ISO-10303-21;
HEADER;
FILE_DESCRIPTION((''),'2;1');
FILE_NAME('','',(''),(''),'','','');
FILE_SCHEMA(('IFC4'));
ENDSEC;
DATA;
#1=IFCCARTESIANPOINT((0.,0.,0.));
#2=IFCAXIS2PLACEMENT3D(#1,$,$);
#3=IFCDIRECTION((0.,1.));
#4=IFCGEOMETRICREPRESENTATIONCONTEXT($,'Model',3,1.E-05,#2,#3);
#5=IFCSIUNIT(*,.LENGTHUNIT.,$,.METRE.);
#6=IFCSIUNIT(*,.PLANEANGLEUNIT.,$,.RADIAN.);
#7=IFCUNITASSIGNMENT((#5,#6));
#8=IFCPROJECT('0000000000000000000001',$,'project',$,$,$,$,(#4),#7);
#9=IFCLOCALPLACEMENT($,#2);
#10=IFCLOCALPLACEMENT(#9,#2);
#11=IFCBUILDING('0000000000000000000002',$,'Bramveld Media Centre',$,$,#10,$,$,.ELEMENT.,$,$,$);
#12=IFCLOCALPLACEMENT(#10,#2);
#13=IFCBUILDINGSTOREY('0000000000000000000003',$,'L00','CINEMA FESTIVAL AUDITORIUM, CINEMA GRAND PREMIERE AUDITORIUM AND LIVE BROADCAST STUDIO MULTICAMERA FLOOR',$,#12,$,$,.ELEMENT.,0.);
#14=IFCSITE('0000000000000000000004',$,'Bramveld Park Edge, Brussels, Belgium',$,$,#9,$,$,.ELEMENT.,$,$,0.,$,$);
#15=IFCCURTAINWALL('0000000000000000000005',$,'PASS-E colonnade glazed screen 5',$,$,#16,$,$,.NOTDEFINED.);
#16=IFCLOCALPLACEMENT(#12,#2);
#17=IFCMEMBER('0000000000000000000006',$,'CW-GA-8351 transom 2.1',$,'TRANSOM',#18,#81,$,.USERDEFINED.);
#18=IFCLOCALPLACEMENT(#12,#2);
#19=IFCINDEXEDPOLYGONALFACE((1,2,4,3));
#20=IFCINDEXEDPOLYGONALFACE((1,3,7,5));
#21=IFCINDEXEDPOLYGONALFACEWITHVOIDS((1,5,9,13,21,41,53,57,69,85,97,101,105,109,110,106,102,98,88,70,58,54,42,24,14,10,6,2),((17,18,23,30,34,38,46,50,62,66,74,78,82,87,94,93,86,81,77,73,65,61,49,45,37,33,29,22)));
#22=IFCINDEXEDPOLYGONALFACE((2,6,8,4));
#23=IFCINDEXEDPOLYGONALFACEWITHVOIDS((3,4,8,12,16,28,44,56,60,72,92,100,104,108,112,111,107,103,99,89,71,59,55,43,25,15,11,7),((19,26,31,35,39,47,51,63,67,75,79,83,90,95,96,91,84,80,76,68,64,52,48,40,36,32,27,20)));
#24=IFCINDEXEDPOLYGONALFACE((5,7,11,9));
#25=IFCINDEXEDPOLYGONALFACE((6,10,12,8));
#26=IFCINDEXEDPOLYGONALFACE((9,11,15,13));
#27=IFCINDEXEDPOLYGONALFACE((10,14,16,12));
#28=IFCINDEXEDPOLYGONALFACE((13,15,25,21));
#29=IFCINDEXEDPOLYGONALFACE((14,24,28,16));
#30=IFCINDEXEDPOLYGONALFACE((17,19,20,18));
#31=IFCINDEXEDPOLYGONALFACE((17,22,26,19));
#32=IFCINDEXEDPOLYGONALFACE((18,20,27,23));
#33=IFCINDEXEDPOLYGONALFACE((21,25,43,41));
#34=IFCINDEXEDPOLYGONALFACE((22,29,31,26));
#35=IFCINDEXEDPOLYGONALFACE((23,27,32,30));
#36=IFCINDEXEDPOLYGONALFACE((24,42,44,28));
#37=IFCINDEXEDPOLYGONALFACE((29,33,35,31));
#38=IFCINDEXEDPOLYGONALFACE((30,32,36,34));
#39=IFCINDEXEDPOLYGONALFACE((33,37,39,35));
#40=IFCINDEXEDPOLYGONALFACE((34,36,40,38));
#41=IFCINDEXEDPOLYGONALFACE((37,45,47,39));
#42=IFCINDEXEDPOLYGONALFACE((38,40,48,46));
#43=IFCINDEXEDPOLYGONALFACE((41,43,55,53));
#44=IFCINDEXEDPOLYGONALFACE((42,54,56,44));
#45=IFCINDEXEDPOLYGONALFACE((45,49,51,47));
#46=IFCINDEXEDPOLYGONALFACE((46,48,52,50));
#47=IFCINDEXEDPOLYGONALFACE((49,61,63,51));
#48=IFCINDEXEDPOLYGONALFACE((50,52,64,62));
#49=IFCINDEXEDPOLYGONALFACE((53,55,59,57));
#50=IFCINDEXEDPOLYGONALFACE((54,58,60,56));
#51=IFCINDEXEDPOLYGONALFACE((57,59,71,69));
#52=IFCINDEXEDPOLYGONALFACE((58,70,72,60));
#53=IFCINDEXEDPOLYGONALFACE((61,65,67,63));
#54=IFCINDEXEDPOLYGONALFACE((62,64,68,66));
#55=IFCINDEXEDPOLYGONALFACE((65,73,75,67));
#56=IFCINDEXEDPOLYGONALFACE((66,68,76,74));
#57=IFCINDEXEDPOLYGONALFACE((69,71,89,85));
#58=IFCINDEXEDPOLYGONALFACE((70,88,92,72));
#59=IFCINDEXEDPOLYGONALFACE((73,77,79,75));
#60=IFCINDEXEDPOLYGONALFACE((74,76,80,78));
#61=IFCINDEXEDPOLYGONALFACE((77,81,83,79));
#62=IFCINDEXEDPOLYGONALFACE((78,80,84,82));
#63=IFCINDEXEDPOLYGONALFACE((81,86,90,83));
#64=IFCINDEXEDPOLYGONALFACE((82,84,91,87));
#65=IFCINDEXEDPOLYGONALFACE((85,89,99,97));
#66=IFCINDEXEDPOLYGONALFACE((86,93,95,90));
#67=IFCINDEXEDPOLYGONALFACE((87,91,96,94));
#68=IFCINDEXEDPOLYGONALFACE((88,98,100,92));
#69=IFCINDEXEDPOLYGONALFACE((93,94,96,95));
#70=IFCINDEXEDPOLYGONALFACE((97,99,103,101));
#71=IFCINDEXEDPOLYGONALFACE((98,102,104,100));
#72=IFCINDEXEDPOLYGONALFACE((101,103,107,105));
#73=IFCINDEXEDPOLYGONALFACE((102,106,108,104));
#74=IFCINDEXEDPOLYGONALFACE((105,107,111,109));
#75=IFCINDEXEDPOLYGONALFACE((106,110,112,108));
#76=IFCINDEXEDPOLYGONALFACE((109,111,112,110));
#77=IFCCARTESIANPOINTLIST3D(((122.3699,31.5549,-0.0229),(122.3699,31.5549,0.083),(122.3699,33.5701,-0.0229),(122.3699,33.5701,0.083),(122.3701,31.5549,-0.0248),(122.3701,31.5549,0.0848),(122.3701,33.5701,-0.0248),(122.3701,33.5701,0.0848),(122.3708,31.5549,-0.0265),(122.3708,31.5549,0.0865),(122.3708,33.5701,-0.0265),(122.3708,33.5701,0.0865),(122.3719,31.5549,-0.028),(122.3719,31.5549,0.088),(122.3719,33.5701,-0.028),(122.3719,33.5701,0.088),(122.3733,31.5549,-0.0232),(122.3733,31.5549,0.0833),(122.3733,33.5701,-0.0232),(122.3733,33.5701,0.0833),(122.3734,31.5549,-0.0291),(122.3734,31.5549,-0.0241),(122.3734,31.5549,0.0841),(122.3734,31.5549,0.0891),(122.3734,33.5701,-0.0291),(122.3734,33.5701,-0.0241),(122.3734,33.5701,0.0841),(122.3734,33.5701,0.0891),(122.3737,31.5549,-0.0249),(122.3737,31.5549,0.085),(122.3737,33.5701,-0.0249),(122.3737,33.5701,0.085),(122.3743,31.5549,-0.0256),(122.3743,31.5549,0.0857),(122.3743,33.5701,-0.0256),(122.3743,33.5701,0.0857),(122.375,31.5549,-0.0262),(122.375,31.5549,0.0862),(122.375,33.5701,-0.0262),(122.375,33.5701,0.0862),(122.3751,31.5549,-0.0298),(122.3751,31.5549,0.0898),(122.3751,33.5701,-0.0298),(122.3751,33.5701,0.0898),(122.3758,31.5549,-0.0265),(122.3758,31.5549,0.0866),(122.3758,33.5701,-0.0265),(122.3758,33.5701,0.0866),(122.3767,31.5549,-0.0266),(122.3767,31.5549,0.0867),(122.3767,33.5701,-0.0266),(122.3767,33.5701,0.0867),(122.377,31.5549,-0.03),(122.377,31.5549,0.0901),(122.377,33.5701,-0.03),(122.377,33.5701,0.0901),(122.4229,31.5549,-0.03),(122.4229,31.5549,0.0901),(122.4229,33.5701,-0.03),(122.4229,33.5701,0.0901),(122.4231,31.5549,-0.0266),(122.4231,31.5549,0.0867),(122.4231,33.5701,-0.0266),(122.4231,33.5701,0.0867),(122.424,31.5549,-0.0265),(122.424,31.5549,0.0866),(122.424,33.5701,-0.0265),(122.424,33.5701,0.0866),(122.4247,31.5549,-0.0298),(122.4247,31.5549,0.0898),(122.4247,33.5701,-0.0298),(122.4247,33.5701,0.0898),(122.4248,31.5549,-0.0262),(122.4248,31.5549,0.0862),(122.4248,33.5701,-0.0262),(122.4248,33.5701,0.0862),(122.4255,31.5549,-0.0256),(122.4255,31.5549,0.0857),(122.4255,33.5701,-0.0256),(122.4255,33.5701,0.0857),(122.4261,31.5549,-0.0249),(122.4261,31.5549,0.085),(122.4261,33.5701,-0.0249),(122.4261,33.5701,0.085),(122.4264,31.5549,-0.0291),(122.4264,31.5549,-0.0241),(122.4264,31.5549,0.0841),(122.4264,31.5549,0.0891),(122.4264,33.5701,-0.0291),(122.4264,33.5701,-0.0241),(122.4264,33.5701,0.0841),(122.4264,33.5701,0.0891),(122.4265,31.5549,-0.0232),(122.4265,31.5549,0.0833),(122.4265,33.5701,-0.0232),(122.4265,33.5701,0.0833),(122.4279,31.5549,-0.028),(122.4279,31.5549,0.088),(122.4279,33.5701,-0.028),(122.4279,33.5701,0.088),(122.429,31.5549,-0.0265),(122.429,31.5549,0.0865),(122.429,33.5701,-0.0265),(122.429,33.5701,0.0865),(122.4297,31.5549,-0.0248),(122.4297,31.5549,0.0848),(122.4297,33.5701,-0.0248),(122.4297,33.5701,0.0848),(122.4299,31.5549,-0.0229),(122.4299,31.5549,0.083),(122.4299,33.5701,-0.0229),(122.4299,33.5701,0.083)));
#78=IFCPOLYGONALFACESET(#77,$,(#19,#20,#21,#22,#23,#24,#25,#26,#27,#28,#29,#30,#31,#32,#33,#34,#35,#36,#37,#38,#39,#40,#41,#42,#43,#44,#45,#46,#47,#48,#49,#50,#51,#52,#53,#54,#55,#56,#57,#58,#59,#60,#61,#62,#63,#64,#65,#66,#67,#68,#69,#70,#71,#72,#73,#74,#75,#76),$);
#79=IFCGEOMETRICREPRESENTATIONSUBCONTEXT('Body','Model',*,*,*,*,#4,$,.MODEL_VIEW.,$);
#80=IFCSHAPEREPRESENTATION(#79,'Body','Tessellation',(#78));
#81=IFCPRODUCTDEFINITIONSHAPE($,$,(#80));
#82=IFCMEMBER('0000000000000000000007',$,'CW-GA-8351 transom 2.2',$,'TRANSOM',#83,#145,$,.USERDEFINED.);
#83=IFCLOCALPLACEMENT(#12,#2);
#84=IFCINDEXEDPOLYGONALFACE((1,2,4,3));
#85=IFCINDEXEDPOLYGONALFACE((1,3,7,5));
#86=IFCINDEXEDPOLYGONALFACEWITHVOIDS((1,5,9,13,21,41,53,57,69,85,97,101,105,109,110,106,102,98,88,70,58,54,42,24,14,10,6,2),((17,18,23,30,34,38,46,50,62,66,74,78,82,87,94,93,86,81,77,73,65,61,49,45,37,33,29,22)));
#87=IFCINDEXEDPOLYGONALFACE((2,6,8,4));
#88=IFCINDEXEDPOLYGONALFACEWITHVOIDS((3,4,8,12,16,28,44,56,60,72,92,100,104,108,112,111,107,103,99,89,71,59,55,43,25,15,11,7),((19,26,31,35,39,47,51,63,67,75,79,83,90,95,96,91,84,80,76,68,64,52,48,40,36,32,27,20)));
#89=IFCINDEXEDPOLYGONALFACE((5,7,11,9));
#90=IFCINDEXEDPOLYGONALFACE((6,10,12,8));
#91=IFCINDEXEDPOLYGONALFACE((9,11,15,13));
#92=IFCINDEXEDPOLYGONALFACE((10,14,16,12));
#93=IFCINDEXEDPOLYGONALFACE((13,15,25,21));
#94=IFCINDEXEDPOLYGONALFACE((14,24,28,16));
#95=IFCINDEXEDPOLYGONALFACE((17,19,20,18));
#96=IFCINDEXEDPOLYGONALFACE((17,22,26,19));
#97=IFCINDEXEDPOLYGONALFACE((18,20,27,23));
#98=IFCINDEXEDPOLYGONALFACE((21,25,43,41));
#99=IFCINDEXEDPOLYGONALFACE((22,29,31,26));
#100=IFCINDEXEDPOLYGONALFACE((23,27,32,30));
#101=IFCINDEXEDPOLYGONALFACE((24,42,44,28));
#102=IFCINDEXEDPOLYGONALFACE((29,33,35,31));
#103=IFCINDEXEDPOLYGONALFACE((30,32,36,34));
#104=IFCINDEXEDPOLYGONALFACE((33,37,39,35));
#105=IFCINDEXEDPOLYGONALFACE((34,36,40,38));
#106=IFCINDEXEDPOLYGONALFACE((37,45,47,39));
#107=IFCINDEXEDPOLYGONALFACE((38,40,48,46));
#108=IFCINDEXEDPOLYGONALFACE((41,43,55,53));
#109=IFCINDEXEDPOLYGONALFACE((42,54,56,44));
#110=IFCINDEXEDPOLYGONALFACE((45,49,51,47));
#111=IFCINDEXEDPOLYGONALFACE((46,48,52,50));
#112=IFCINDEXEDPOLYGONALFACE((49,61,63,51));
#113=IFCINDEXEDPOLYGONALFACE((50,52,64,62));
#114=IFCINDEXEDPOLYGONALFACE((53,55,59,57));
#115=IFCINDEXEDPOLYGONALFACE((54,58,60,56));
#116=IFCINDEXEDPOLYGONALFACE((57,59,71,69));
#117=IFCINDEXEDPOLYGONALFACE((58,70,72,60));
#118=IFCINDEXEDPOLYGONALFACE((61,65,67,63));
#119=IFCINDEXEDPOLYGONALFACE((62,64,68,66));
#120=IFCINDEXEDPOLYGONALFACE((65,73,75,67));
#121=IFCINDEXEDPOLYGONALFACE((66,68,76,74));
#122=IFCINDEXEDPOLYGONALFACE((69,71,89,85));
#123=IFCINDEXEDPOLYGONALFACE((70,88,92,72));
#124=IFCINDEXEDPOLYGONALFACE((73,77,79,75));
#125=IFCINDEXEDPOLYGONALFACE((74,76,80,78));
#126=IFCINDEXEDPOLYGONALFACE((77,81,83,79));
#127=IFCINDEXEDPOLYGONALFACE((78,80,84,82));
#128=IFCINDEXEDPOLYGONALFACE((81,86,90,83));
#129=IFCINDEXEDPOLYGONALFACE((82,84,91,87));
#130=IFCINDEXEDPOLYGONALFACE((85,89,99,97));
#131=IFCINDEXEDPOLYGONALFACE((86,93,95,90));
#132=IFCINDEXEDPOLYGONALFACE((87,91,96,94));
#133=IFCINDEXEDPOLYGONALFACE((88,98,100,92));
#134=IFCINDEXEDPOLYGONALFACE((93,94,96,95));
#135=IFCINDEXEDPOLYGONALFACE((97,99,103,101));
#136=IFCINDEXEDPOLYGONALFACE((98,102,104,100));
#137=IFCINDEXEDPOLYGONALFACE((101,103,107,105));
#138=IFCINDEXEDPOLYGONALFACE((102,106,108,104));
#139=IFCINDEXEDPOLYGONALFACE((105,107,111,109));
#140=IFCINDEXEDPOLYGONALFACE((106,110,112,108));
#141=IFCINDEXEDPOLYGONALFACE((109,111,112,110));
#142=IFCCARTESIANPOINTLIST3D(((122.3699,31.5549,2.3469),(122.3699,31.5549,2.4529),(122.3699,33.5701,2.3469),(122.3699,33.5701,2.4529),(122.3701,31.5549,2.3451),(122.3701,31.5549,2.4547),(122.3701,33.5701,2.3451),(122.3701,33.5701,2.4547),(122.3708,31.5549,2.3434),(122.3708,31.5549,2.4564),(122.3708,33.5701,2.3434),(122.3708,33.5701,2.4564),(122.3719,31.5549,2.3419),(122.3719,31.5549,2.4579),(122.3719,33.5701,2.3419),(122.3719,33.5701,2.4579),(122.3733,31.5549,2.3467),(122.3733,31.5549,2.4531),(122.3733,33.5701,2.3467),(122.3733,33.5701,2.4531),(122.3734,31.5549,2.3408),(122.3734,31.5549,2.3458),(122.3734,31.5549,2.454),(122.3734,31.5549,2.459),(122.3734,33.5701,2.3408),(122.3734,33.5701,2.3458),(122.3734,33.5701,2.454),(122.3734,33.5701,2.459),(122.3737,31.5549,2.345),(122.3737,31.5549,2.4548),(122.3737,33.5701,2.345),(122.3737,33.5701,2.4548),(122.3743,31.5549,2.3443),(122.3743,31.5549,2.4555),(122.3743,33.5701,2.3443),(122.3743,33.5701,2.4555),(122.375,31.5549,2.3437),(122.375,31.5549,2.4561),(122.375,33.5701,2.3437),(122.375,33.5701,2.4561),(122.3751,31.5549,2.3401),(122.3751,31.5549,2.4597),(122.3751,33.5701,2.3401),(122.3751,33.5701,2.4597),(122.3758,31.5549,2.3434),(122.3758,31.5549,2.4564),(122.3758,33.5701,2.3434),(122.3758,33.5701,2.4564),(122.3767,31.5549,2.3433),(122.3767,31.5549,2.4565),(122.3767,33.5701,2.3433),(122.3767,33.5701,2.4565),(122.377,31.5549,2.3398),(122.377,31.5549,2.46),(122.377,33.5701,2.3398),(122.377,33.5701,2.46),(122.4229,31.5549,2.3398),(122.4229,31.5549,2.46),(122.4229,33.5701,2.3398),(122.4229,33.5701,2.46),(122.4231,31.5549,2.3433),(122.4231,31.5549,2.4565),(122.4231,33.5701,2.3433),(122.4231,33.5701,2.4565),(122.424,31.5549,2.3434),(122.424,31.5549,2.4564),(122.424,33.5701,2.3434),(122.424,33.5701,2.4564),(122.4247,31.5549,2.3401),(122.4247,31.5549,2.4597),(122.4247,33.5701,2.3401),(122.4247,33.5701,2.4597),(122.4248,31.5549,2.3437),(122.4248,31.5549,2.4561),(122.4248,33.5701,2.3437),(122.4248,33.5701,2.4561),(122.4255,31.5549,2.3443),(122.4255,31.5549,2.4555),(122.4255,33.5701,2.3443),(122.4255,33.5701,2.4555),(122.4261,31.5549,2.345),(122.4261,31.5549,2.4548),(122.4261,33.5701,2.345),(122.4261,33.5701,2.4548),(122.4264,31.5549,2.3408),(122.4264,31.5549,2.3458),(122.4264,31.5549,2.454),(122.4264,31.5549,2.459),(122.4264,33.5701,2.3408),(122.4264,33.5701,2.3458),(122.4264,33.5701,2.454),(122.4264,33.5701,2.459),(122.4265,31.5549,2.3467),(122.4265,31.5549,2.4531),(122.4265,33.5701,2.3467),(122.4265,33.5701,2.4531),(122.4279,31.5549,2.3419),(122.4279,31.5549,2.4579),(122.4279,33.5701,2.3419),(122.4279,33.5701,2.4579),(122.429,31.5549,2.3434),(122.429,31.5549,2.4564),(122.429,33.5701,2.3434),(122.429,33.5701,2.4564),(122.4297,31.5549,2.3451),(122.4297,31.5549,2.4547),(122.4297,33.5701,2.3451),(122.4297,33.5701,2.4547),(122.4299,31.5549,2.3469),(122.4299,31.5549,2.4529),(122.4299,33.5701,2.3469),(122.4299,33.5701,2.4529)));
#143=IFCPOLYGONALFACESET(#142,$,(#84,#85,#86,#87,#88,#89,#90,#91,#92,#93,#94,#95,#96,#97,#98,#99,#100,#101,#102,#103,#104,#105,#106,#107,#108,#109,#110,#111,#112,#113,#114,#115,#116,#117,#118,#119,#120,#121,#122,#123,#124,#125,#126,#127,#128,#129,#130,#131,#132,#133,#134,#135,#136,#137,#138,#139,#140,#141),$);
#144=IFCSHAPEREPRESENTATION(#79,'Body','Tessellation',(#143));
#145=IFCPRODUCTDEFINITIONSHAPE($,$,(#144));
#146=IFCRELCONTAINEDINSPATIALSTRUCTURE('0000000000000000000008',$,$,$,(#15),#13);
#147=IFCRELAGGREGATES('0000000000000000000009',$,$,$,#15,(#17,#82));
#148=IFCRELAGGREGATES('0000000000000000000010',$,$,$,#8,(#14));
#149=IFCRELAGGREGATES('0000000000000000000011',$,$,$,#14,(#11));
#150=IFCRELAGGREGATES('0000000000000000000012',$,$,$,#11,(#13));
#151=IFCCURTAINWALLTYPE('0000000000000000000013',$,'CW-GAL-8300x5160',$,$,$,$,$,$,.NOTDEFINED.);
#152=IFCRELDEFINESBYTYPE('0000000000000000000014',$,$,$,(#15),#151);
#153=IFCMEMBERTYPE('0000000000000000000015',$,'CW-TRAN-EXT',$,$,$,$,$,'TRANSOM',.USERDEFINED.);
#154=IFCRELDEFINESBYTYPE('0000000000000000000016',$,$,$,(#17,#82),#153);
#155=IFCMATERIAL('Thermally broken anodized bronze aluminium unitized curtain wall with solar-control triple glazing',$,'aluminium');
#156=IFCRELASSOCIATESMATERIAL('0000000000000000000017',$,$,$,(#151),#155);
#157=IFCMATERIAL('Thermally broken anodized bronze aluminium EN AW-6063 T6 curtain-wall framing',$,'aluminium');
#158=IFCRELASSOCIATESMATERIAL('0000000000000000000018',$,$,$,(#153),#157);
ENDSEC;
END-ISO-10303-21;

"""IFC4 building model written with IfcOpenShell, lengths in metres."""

from ifc_helpers import new_model, si_unit, direction, frame, origin, origin_2d, place, context, subcontext, project, spatial, hollow_rectangle, extrude, material, material_profile, profile_set, type_object, element, aggregate, save


model = new_model("IFC4")

# Units and contexts
model_context = context("Model", 3, precision=1e-05, world=origin(), true_north=direction((0.0, 1.0)))
body_context = subcontext(model_context, "Body", "Model", "MODEL_VIEW")
ifc_project = project(units=[si_unit("LENGTHUNIT", "METRE"), si_unit("PLANEANGLEUNIT", "RADIAN")], contexts=[model_context])

# Site, building, storey
site_placement = place(None, origin())
site = spatial("IfcSite", under=ifc_project, at=site_placement, Name="Bramveld Park Edge, Brussels, Belgium", CompositionType="ELEMENT", RefElevation=0.0)
building_placement = place(site_placement, origin())
building = spatial("IfcBuilding", under=site, at=building_placement, Name="Bramveld Media Centre", CompositionType="ELEMENT")
storey_placement = place(building_placement, origin())
storey = spatial("IfcBuildingStorey", under=building, at=storey_placement, Name="L00", Description="CINEMA FESTIVAL AUDITORIUM, CINEMA GRAND PREMIERE AUDITORIUM AND LIVE BROADCAST STUDIO MULTICAMERA FLOOR", CompositionType="ELEMENT", Elevation=0.0)

# Curtain wall
ifc_material_1 = material(Name="Thermally broken anodized bronze aluminium unitized curtain wall with solar-control triple glazing", Category="aluminium")
curtain_wall_type_1 = type_object("IfcCurtainWallType", Name="CW-GAL-8300x5160", PredefinedType="NOTDEFINED", material=ifc_material_1)
curtain_wall_1_placement = place(storey_placement, origin())
curtain_wall_1 = element("IfcCurtainWall", 1, at=curtain_wall_1_placement, inside=storey, type_object=curtain_wall_type_1, Name="PASS-E colonnade glazed screen 5", PredefinedType="NOTDEFINED")

# Shared definitions
ifc_material_2 = material(Name="Thermally broken anodized bronze aluminium EN AW-6063 T6 curtain-wall framing", Category="aluminium")
ifc_material_profile_1 = material_profile(ifc_material_2, hollow_rectangle(XDim=0.0601, YDim=0.1201, WallThickness=0.0034, InnerFilletRadius=0.0034, OuterFilletRadius=0.0071, at=origin_2d()), Name="AL-TRAN 60x120")
ifc_profile_set_1 = profile_set([ifc_material_profile_1], Name="Thermally broken anodized bronze aluminium EN AW-6063 T6 curtain-wall framing")
member_type_1 = type_object("IfcMemberType", Name="CW-TRAN-EXT", ElementType="TRANSOM", PredefinedType="USERDEFINED", material=ifc_profile_set_1)

# Members
member_1_placement = place(storey_placement, frame((122.3999, 31.5549, 0.03), z_axis=(0.0, 1.0, 0.0), x_axis=(-1.0, 0.0, 0.0)))
member_1 = element("IfcMember", 2, at=member_1_placement, type_object=member_type_1, Name="CW-GA-8351 transom 2.1", ObjectType="TRANSOM", PredefinedType="USERDEFINED", context=body_context, shape_type="SweptSolid", body=[
    extrude(hollow_rectangle(XDim=0.0601, YDim=0.1201, WallThickness=0.0034, InnerFilletRadius=0.0034, OuterFilletRadius=0.0071, at=origin_2d()), origin(), (0.0, 0.0, 1.0), 2.0151),
])
member_2_placement = place(storey_placement, frame((122.3999, 31.5549, 2.3999), z_axis=(0.0, 1.0, 0.0), x_axis=(-1.0, 0.0, 0.0)))
member_2 = element("IfcMember", 3, at=member_2_placement, type_object=member_type_1, Name="CW-GA-8351 transom 2.2", ObjectType="TRANSOM", PredefinedType="USERDEFINED", context=body_context, shape_type="SweptSolid", body=[
    extrude(hollow_rectangle(XDim=0.0601, YDim=0.1201, WallThickness=0.0034, InnerFilletRadius=0.0034, OuterFilletRadius=0.0071, at=origin_2d()), origin(), (0.0, 0.0, 1.0), 2.0151),
])

aggregate(curtain_wall_1, [member_1, member_2])

save(model, "model.ifc")
